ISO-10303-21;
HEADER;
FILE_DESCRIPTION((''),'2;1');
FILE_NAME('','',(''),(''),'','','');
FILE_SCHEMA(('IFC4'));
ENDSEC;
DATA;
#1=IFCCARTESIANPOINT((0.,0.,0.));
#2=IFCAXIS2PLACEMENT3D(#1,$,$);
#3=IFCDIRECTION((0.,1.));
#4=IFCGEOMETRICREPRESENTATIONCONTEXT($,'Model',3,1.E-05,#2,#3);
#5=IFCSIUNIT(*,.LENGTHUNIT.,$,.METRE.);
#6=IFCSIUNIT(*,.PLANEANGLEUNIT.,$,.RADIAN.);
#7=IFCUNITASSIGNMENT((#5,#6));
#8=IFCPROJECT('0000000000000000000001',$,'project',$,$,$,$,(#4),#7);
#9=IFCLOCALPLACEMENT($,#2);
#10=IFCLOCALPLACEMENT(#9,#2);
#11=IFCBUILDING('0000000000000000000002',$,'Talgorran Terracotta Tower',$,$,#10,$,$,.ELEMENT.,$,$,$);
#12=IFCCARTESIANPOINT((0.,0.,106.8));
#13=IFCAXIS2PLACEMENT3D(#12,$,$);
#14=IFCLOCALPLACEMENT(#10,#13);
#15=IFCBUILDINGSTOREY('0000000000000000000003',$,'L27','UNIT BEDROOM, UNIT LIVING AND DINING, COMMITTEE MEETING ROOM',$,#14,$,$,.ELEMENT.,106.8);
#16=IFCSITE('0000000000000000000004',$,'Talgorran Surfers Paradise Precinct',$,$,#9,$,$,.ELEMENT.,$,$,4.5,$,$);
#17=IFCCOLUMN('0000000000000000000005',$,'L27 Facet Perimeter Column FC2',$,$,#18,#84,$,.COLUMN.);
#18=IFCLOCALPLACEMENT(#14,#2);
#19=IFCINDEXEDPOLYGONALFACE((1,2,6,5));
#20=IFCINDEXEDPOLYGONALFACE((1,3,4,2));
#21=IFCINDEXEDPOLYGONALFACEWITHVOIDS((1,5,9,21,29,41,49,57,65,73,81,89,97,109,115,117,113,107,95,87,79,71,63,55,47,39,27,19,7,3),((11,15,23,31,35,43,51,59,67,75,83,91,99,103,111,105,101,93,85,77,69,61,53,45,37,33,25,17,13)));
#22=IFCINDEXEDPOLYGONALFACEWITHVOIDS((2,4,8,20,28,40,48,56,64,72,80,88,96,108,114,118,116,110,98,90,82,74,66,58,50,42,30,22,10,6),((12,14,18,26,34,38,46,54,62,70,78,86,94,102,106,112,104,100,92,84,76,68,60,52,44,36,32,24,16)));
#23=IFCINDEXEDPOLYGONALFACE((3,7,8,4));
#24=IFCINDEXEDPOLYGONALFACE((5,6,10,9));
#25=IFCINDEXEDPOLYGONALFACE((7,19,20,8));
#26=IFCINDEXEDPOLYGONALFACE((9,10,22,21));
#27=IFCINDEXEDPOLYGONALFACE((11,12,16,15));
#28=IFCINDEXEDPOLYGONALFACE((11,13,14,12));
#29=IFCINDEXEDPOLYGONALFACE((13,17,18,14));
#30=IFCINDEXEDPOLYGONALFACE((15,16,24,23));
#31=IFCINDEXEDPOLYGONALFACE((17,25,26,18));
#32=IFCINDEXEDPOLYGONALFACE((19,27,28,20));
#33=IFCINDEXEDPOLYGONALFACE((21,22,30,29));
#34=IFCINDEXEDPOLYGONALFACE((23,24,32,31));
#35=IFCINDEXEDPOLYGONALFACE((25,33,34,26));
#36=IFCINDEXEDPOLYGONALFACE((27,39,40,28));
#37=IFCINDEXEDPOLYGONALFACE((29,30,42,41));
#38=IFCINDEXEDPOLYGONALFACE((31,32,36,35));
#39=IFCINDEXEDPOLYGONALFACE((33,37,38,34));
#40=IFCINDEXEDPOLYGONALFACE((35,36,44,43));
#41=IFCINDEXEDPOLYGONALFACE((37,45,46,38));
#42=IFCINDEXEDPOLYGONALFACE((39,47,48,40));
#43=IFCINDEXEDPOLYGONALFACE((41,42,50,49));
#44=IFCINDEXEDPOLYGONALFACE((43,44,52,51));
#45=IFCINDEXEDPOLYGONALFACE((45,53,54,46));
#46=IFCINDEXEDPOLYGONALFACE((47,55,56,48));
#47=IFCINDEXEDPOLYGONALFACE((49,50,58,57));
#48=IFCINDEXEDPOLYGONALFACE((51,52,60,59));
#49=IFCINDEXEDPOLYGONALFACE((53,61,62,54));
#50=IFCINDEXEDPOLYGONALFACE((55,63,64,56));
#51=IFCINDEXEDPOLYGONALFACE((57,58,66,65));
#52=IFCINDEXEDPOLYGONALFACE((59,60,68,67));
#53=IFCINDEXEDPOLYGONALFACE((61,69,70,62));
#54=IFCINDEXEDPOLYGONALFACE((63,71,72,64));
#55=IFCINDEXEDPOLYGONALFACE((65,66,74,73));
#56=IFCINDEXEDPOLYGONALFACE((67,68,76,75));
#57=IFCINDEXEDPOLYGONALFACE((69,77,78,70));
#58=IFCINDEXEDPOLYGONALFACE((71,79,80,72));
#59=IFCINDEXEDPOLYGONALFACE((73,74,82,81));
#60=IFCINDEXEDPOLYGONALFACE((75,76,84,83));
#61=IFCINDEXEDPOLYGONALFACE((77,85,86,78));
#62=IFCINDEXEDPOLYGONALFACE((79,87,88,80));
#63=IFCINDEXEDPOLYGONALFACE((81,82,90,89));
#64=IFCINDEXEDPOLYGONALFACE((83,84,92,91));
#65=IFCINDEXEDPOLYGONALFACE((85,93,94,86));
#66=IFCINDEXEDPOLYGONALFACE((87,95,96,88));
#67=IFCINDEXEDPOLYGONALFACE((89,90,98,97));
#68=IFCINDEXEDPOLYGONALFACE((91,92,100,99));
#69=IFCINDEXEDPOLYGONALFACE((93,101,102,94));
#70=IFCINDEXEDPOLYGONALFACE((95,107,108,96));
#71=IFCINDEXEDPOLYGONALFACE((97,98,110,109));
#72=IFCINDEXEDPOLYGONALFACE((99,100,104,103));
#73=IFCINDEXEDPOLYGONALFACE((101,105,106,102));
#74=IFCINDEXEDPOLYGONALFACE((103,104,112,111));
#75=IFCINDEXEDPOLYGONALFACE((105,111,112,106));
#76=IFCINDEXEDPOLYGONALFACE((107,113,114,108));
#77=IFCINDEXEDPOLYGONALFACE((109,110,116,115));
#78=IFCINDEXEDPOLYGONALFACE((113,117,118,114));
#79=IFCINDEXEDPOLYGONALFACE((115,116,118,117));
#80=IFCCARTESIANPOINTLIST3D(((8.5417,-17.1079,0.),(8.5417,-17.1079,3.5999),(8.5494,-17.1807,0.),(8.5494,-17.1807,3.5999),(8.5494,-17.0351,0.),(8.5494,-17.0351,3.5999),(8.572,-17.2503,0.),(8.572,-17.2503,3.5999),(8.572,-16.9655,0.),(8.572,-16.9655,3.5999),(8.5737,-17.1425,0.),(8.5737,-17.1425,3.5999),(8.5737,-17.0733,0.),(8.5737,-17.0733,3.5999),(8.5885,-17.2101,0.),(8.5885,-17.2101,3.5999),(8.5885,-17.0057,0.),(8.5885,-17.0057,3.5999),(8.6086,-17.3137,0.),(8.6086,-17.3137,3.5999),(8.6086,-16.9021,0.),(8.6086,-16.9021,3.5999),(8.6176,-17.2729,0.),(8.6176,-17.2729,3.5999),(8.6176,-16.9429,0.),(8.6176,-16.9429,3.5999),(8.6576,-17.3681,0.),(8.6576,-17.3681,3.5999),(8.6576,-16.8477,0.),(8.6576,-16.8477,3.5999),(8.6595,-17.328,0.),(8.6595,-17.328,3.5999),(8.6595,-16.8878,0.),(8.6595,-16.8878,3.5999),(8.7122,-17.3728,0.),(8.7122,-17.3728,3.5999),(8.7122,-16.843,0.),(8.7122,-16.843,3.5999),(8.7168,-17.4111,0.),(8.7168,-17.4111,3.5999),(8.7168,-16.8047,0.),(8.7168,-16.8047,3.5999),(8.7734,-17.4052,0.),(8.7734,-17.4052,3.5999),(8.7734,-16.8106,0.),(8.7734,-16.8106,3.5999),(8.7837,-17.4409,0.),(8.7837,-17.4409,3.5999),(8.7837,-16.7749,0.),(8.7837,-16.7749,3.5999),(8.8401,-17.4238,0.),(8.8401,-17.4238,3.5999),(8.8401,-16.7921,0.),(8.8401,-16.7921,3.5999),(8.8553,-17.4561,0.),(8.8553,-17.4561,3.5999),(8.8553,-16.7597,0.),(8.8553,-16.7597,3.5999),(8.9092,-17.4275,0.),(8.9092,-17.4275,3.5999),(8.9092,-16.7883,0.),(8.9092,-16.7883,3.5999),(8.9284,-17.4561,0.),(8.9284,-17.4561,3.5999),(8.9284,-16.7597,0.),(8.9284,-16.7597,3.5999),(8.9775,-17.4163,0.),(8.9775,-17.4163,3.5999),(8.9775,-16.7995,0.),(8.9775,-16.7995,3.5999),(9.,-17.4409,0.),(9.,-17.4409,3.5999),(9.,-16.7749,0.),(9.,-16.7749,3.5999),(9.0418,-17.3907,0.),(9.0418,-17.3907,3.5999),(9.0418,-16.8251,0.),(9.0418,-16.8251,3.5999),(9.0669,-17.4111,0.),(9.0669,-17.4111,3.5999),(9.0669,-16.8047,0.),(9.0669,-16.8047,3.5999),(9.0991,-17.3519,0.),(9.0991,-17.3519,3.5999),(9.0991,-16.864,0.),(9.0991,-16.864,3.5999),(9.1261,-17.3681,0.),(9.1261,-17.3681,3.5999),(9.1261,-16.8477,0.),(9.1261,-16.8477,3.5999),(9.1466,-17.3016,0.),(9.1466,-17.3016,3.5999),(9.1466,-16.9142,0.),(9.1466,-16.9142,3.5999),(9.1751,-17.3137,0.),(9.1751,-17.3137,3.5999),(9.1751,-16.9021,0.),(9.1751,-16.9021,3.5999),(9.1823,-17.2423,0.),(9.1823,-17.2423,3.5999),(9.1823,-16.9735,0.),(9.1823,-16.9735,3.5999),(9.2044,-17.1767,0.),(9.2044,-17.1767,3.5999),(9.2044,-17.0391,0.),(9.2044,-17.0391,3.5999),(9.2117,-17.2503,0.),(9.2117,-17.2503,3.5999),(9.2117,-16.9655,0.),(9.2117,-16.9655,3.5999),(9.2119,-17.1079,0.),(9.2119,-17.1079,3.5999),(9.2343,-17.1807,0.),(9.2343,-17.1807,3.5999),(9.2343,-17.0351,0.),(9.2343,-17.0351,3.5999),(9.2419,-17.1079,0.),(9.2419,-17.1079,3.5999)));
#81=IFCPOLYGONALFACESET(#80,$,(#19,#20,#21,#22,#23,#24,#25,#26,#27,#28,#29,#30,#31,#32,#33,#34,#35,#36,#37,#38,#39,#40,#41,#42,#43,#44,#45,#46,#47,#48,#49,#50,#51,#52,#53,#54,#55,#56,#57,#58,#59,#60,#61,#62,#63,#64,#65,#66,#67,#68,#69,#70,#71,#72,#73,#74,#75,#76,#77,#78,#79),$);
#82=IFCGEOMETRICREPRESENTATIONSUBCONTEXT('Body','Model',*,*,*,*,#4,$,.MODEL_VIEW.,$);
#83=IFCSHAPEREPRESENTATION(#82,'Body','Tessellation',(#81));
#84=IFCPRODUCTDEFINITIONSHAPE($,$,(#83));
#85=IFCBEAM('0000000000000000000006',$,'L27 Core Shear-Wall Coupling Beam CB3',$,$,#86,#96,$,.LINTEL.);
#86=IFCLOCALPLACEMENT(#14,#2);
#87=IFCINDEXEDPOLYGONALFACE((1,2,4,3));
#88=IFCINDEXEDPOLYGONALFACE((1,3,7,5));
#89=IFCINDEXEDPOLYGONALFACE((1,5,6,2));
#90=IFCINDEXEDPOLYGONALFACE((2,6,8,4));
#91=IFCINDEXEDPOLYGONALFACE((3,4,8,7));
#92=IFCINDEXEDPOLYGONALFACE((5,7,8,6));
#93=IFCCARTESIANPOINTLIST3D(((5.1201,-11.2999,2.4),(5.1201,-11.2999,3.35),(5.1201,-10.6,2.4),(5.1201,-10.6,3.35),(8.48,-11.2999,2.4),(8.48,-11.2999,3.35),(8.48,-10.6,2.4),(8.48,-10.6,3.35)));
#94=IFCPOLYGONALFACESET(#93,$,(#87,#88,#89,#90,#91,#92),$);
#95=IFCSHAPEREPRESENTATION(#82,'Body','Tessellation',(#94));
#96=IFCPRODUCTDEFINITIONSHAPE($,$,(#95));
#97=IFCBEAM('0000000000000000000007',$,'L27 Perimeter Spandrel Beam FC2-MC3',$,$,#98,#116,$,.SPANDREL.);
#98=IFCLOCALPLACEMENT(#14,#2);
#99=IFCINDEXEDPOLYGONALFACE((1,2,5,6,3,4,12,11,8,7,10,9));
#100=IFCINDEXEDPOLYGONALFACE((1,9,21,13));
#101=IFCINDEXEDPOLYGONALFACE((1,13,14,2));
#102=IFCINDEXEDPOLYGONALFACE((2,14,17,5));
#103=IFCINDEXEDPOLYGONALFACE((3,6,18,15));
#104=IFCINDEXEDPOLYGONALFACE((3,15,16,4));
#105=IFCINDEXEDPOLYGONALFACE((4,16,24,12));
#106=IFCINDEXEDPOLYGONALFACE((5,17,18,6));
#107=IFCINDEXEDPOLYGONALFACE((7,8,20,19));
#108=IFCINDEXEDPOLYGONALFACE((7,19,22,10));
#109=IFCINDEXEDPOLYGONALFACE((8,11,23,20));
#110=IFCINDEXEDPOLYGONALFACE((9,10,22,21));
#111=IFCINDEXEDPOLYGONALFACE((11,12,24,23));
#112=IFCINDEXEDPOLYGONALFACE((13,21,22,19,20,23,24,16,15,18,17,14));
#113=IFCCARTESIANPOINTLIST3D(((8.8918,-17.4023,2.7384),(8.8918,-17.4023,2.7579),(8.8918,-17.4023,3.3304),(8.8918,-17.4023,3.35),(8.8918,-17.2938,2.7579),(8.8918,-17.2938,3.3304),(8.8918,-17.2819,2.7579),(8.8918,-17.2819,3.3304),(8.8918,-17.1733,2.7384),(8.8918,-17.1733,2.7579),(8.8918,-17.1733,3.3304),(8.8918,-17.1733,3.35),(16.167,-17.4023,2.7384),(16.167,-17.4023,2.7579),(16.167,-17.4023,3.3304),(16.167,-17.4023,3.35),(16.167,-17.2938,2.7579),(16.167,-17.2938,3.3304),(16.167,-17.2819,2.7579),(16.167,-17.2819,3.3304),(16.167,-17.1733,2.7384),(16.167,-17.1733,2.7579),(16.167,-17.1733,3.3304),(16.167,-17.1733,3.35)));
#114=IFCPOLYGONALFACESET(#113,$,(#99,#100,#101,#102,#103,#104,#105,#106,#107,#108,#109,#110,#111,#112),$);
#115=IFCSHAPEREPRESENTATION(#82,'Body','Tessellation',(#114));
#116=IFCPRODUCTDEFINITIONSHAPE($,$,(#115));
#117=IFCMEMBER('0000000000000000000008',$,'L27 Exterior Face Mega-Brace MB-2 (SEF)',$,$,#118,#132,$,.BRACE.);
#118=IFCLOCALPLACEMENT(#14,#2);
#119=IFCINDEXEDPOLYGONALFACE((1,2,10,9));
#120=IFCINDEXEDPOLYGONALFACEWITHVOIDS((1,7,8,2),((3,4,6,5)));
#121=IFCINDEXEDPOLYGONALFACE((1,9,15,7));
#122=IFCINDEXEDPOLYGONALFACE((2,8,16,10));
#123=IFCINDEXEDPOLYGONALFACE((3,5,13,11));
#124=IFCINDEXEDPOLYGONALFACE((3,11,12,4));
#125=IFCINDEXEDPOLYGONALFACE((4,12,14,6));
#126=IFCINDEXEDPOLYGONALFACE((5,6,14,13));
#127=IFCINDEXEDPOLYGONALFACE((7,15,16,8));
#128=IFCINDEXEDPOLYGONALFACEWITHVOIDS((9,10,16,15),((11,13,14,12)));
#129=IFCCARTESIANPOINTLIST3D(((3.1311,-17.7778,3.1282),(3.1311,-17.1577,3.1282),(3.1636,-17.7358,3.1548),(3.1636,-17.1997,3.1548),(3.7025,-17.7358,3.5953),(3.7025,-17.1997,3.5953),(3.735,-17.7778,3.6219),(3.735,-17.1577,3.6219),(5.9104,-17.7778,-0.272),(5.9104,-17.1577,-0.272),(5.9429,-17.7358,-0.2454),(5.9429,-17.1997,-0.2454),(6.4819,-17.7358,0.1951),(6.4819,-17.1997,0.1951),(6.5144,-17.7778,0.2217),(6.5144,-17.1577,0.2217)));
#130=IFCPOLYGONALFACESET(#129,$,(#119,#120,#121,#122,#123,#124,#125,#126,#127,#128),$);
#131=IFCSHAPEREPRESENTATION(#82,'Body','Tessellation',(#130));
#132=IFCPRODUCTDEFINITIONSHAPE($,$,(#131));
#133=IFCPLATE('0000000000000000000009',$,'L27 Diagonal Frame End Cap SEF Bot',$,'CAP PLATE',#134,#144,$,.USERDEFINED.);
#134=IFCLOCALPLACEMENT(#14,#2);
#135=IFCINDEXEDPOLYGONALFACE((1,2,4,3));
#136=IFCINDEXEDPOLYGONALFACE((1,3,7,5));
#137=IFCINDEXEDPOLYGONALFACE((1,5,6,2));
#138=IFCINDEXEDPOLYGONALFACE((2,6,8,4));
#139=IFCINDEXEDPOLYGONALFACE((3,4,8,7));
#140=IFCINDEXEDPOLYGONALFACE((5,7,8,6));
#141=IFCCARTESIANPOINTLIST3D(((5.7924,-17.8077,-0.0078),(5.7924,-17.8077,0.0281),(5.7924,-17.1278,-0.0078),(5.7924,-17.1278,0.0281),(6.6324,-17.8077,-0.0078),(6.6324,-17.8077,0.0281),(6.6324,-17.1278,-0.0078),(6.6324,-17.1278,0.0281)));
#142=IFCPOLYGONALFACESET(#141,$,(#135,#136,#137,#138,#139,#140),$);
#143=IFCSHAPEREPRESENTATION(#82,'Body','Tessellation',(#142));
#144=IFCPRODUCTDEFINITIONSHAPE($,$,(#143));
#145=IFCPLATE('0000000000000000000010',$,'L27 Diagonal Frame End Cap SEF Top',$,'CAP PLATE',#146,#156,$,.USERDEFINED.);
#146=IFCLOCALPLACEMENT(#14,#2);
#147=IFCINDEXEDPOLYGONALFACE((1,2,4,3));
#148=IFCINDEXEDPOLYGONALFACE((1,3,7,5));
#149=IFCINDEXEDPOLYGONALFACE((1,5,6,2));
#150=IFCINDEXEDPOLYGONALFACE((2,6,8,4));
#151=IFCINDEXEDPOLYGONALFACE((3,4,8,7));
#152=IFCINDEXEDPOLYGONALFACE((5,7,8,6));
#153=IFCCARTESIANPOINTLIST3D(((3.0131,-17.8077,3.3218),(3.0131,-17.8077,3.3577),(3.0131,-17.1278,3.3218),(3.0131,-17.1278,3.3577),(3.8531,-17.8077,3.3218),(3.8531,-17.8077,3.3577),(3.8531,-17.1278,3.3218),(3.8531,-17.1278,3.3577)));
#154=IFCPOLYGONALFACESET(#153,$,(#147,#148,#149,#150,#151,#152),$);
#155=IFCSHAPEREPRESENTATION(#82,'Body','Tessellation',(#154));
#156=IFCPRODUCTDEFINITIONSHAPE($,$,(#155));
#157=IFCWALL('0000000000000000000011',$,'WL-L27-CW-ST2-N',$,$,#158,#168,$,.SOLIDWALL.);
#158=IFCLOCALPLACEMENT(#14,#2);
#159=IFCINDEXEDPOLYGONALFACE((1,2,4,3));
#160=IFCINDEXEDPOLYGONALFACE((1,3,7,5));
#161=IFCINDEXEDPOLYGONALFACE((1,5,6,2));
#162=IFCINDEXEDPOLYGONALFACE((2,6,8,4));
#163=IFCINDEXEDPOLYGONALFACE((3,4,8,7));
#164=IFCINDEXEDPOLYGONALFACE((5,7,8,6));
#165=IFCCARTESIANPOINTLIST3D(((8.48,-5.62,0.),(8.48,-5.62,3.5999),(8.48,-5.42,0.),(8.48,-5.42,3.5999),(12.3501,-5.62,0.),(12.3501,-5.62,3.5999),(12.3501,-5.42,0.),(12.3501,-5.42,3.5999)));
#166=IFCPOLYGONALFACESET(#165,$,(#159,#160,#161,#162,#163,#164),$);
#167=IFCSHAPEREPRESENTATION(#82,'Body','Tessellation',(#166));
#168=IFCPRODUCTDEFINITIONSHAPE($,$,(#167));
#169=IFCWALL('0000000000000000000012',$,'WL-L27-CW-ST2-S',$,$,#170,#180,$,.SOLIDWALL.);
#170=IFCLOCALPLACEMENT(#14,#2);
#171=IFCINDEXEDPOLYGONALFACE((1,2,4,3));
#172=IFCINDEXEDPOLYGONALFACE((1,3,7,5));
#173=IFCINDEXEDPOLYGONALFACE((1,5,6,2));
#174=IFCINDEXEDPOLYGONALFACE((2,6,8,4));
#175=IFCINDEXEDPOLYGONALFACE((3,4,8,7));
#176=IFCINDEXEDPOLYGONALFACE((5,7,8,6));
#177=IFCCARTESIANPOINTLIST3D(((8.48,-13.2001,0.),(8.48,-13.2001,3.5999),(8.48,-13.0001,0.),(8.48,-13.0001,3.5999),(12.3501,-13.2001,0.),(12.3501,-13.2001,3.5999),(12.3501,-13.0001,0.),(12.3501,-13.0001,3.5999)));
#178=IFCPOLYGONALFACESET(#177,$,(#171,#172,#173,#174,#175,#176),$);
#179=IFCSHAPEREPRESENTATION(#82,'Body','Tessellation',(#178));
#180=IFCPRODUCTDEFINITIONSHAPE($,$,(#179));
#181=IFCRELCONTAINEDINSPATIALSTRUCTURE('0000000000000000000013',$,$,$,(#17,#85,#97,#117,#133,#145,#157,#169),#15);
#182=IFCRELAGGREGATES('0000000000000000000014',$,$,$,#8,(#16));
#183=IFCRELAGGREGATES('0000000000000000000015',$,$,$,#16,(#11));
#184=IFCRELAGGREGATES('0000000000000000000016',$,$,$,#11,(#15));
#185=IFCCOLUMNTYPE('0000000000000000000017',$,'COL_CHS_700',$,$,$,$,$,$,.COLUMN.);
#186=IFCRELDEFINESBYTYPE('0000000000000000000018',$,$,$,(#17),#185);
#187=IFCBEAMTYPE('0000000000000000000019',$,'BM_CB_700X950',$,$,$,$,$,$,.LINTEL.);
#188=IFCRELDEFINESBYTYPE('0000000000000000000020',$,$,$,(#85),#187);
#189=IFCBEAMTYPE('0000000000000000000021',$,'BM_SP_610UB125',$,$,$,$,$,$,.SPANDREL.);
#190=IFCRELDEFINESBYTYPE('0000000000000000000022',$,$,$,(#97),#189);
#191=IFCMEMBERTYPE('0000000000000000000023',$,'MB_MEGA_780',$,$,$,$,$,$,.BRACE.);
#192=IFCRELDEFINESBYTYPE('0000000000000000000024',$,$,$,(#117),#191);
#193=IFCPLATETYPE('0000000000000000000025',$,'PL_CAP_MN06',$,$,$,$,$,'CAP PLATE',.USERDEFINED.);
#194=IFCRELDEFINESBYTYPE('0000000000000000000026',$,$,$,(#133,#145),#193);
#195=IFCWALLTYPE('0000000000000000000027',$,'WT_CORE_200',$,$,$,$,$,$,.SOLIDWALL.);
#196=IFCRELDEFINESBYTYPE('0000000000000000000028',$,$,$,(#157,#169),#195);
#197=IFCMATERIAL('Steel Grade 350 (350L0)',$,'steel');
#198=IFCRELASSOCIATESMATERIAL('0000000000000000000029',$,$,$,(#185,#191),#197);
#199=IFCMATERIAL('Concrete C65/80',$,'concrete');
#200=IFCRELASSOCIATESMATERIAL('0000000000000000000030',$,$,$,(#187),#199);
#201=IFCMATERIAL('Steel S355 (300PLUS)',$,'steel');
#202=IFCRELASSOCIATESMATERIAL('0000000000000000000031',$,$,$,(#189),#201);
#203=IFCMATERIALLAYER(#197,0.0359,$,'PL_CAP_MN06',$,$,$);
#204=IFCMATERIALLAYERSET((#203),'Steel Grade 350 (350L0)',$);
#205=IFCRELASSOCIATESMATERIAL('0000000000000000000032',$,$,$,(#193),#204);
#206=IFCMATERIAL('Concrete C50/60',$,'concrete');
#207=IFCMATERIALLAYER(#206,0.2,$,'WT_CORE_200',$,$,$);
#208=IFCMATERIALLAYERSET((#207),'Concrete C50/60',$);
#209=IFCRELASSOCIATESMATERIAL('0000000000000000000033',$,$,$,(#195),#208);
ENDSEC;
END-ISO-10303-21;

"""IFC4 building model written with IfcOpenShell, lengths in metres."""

from ifc_helpers import new_model, si_unit, direction, frame, frame_2d, origin, origin_2d, place, context, subcontext, project, spatial, rectangle, hollow_rectangle, hollow_circle, i_section, extrude, material, layer, layer_set, material_profile, profile_set, type_object, element, save


model = new_model("IFC4")

# Units and contexts
model_context = context("Model", 3, precision=1e-05, world=origin(), true_north=direction((0.0, 1.0)))
body_context = subcontext(model_context, "Body", "Model", "MODEL_VIEW")
ifc_project = project(units=[si_unit("LENGTHUNIT", "METRE"), si_unit("PLANEANGLEUNIT", "RADIAN")], contexts=[model_context])

# Site, building, storey
site_placement = place(None, origin())
site = spatial("IfcSite", under=ifc_project, at=site_placement, Name="Talgorran Surfers Paradise Precinct", CompositionType="ELEMENT", RefElevation=4.5)
building_placement = place(site_placement, origin())
building = spatial("IfcBuilding", under=site, at=building_placement, Name="Talgorran Terracotta Tower", CompositionType="ELEMENT")
storey_placement = place(building_placement, frame((0.0, 0.0, 106.8)))
storey = spatial("IfcBuildingStorey", under=building, at=storey_placement, Name="L27", Description="UNIT BEDROOM, UNIT LIVING AND DINING, COMMITTEE MEETING ROOM", CompositionType="ELEMENT", Elevation=106.8)

# Column
ifc_material_1 = material(Name="Steel Grade 350 (350L0)", Category="steel")
ifc_material_profile_1 = material_profile(ifc_material_1, hollow_circle(Radius=0.3501, WallThickness=0.03, at=origin_2d()), Name="CHS700X30")
ifc_profile_set_1 = profile_set([ifc_material_profile_1], Name="Steel Grade 350 (350L0)")
column_type = type_object("IfcColumnType", Name="COL_CHS_700", PredefinedType="COLUMN", material=ifc_profile_set_1)
column_placement = place(storey_placement, frame((8.8918, -17.1079, 0.0), z_axis=(0.0, 0.0, 1.0), x_axis=(1.0, 0.0, 0.0)))
element("IfcColumn", 1, at=column_placement, inside=storey, type_object=column_type, Name="L27 Facet Perimeter Column FC2", PredefinedType="COLUMN", context=body_context, shape_type="SweptSolid", body=[
    extrude(hollow_circle(Radius=0.3501, WallThickness=0.03, at=origin_2d()), origin(), (0.0, 0.0, 1.0), 3.5999),
])

# Beams
ifc_material_2 = material(Name="Concrete C65/80", Category="concrete")
ifc_material_profile_2 = material_profile(ifc_material_2, rectangle(XDim=0.7, YDim=0.95, at=origin_2d()), Name="RCCB700X950")
ifc_profile_set_2 = profile_set([ifc_material_profile_2], Name="Concrete C65/80")
beam_type_1 = type_object("IfcBeamType", Name="BM_CB_700X950", PredefinedType="LINTEL", material=ifc_profile_set_2)
beam_1_placement = place(storey_placement, frame((5.1201, -10.95, 2.875), z_axis=(1.0, 0.0, 0.0), x_axis=(0.0, 1.0, 0.0)))
element("IfcBeam", 2, at=beam_1_placement, inside=storey, type_object=beam_type_1, Name="L27 Core Shear-Wall Coupling Beam CB3", PredefinedType="LINTEL", context=body_context, shape_type="SweptSolid", body=[
    extrude(rectangle(XDim=0.7, YDim=0.95, at=origin_2d()), origin(), (0.0, 0.0, 1.0), 3.3599),
])
ifc_material_3 = material(Name="Steel S355 (300PLUS)", Category="steel")
ifc_material_profile_3 = material_profile(ifc_material_3, i_section(OverallWidth=0.229, OverallDepth=0.6116, WebThickness=0.012, FlangeThickness=0.0195, at=origin_2d()), Name="610UB125")
ifc_profile_set_3 = profile_set([ifc_material_profile_3], Name="Steel S355 (300PLUS)")
beam_type_2 = type_object("IfcBeamType", Name="BM_SP_610UB125", PredefinedType="SPANDREL", material=ifc_profile_set_3)
beam_2_placement = place(storey_placement, frame((8.8918, -17.2878, 3.0442), z_axis=(1.0, 0.0, 0.0), x_axis=(0.0, 1.0, 0.0)))
element("IfcBeam", 3, at=beam_2_placement, inside=storey, type_object=beam_type_2, Name="L27 Perimeter Spandrel Beam FC2-MC3", PredefinedType="SPANDREL", context=body_context, shape_type="SweptSolid", body=[
    extrude(i_section(OverallWidth=0.229, OverallDepth=0.6116, WebThickness=0.012, FlangeThickness=0.0195, at=origin_2d()), origin(), (0.0, 0.0, 1.0), 7.2751),
])

# Member
ifc_material_profile_4 = material_profile(ifc_material_1, hollow_rectangle(XDim=0.6201, YDim=0.78, WallThickness=0.042, at=origin_2d()), Name="WBOX780X620X42")
ifc_profile_set_4 = profile_set([ifc_material_profile_4], Name="Steel Grade 350 (350L0)")
member_type = type_object("IfcMemberType", Name="MB_MEGA_780", PredefinedType="BRACE", material=ifc_profile_set_4)
member_placement = place(storey_placement, frame((6.2124, -17.4678, -0.0251), z_axis=(-0.632877, 0.0, 0.774252), x_axis=(0.0, -1.0, 0.0)))
element("IfcMember", 4, at=member_placement, inside=storey, type_object=member_type, Name="L27 Exterior Face Mega-Brace MB-2 (SEF)", PredefinedType="BRACE", context=body_context, shape_type="SweptSolid", body=[
    extrude(hollow_rectangle(XDim=0.6201, YDim=0.78, WallThickness=0.042, at=origin_2d()), origin(), (0.0, 0.0, 1.0), 4.3916),
])

# Plates
ifc_layer_1 = layer(ifc_material_1, 0.0359, Name="PL_CAP_MN06")
ifc_layer_set_1 = layer_set([ifc_layer_1], Name="Steel Grade 350 (350L0)")
plate_type = type_object("IfcPlateType", Name="PL_CAP_MN06", ElementType="CAP PLATE", PredefinedType="USERDEFINED", material=ifc_layer_set_1)
for number, where, z_axis, x_axis, name in (
    (5, (6.2124, -17.4678, -0.0078), (0.0, 0.0, 1.0), (-1.0, 0.0, 0.0), "L27 Diagonal Frame End Cap SEF Bot"),
    (6, (3.4331, -17.4678, 3.3218), (0.0, 0.0, 1.0), (-1.0, 0.0, 0.0), "L27 Diagonal Frame End Cap SEF Top"),
):
    element("IfcPlate", number, at=place(storey_placement, frame(where, z_axis=z_axis, x_axis=x_axis)), inside=storey, type_object=plate_type, Name=name, ObjectType="CAP PLATE", PredefinedType="USERDEFINED", context=body_context, shape_type="SweptSolid", body=[
        extrude(rectangle(XDim=0.8401, YDim=0.6799, at=origin_2d()), origin(), (0.0, 0.0, 1.0), 0.0359),
    ])

# Walls
ifc_material_4 = material(Name="Concrete C50/60", Category="concrete")
ifc_layer_2 = layer(ifc_material_4, 0.2, Name="WT_CORE_200")
ifc_layer_set_2 = layer_set([ifc_layer_2], Name="Concrete C50/60")
wall_type_1 = type_object("IfcWallType", Name="WT_CORE_200", PredefinedType="SOLIDWALL", material=ifc_layer_set_2)
for number, where, z_axis, x_axis, name in (
    (7, (8.48, -5.52, 0.0), (0.0, 0.0, 1.0), (1.0, 0.0, 0.0), "WL-L27-CW-ST2-N"),
    (8, (8.48, -13.1001, 0.0), (0.0, 0.0, 1.0), (1.0, 0.0, 0.0), "WL-L27-CW-ST2-S"),
):
    element("IfcWall", number, at=place(storey_placement, frame(where, z_axis=z_axis, x_axis=x_axis)), inside=storey, type_object=wall_type_1, Name=name, PredefinedType="SOLIDWALL", context=body_context, shape_type="SweptSolid", body=[
        extrude(rectangle(XDim=3.8701, YDim=0.2, at=frame_2d((1.9351, 0.0))), origin(), (0.0, 0.0, 1.0), 3.5999),
    ])

save(model, "model.ifc")
